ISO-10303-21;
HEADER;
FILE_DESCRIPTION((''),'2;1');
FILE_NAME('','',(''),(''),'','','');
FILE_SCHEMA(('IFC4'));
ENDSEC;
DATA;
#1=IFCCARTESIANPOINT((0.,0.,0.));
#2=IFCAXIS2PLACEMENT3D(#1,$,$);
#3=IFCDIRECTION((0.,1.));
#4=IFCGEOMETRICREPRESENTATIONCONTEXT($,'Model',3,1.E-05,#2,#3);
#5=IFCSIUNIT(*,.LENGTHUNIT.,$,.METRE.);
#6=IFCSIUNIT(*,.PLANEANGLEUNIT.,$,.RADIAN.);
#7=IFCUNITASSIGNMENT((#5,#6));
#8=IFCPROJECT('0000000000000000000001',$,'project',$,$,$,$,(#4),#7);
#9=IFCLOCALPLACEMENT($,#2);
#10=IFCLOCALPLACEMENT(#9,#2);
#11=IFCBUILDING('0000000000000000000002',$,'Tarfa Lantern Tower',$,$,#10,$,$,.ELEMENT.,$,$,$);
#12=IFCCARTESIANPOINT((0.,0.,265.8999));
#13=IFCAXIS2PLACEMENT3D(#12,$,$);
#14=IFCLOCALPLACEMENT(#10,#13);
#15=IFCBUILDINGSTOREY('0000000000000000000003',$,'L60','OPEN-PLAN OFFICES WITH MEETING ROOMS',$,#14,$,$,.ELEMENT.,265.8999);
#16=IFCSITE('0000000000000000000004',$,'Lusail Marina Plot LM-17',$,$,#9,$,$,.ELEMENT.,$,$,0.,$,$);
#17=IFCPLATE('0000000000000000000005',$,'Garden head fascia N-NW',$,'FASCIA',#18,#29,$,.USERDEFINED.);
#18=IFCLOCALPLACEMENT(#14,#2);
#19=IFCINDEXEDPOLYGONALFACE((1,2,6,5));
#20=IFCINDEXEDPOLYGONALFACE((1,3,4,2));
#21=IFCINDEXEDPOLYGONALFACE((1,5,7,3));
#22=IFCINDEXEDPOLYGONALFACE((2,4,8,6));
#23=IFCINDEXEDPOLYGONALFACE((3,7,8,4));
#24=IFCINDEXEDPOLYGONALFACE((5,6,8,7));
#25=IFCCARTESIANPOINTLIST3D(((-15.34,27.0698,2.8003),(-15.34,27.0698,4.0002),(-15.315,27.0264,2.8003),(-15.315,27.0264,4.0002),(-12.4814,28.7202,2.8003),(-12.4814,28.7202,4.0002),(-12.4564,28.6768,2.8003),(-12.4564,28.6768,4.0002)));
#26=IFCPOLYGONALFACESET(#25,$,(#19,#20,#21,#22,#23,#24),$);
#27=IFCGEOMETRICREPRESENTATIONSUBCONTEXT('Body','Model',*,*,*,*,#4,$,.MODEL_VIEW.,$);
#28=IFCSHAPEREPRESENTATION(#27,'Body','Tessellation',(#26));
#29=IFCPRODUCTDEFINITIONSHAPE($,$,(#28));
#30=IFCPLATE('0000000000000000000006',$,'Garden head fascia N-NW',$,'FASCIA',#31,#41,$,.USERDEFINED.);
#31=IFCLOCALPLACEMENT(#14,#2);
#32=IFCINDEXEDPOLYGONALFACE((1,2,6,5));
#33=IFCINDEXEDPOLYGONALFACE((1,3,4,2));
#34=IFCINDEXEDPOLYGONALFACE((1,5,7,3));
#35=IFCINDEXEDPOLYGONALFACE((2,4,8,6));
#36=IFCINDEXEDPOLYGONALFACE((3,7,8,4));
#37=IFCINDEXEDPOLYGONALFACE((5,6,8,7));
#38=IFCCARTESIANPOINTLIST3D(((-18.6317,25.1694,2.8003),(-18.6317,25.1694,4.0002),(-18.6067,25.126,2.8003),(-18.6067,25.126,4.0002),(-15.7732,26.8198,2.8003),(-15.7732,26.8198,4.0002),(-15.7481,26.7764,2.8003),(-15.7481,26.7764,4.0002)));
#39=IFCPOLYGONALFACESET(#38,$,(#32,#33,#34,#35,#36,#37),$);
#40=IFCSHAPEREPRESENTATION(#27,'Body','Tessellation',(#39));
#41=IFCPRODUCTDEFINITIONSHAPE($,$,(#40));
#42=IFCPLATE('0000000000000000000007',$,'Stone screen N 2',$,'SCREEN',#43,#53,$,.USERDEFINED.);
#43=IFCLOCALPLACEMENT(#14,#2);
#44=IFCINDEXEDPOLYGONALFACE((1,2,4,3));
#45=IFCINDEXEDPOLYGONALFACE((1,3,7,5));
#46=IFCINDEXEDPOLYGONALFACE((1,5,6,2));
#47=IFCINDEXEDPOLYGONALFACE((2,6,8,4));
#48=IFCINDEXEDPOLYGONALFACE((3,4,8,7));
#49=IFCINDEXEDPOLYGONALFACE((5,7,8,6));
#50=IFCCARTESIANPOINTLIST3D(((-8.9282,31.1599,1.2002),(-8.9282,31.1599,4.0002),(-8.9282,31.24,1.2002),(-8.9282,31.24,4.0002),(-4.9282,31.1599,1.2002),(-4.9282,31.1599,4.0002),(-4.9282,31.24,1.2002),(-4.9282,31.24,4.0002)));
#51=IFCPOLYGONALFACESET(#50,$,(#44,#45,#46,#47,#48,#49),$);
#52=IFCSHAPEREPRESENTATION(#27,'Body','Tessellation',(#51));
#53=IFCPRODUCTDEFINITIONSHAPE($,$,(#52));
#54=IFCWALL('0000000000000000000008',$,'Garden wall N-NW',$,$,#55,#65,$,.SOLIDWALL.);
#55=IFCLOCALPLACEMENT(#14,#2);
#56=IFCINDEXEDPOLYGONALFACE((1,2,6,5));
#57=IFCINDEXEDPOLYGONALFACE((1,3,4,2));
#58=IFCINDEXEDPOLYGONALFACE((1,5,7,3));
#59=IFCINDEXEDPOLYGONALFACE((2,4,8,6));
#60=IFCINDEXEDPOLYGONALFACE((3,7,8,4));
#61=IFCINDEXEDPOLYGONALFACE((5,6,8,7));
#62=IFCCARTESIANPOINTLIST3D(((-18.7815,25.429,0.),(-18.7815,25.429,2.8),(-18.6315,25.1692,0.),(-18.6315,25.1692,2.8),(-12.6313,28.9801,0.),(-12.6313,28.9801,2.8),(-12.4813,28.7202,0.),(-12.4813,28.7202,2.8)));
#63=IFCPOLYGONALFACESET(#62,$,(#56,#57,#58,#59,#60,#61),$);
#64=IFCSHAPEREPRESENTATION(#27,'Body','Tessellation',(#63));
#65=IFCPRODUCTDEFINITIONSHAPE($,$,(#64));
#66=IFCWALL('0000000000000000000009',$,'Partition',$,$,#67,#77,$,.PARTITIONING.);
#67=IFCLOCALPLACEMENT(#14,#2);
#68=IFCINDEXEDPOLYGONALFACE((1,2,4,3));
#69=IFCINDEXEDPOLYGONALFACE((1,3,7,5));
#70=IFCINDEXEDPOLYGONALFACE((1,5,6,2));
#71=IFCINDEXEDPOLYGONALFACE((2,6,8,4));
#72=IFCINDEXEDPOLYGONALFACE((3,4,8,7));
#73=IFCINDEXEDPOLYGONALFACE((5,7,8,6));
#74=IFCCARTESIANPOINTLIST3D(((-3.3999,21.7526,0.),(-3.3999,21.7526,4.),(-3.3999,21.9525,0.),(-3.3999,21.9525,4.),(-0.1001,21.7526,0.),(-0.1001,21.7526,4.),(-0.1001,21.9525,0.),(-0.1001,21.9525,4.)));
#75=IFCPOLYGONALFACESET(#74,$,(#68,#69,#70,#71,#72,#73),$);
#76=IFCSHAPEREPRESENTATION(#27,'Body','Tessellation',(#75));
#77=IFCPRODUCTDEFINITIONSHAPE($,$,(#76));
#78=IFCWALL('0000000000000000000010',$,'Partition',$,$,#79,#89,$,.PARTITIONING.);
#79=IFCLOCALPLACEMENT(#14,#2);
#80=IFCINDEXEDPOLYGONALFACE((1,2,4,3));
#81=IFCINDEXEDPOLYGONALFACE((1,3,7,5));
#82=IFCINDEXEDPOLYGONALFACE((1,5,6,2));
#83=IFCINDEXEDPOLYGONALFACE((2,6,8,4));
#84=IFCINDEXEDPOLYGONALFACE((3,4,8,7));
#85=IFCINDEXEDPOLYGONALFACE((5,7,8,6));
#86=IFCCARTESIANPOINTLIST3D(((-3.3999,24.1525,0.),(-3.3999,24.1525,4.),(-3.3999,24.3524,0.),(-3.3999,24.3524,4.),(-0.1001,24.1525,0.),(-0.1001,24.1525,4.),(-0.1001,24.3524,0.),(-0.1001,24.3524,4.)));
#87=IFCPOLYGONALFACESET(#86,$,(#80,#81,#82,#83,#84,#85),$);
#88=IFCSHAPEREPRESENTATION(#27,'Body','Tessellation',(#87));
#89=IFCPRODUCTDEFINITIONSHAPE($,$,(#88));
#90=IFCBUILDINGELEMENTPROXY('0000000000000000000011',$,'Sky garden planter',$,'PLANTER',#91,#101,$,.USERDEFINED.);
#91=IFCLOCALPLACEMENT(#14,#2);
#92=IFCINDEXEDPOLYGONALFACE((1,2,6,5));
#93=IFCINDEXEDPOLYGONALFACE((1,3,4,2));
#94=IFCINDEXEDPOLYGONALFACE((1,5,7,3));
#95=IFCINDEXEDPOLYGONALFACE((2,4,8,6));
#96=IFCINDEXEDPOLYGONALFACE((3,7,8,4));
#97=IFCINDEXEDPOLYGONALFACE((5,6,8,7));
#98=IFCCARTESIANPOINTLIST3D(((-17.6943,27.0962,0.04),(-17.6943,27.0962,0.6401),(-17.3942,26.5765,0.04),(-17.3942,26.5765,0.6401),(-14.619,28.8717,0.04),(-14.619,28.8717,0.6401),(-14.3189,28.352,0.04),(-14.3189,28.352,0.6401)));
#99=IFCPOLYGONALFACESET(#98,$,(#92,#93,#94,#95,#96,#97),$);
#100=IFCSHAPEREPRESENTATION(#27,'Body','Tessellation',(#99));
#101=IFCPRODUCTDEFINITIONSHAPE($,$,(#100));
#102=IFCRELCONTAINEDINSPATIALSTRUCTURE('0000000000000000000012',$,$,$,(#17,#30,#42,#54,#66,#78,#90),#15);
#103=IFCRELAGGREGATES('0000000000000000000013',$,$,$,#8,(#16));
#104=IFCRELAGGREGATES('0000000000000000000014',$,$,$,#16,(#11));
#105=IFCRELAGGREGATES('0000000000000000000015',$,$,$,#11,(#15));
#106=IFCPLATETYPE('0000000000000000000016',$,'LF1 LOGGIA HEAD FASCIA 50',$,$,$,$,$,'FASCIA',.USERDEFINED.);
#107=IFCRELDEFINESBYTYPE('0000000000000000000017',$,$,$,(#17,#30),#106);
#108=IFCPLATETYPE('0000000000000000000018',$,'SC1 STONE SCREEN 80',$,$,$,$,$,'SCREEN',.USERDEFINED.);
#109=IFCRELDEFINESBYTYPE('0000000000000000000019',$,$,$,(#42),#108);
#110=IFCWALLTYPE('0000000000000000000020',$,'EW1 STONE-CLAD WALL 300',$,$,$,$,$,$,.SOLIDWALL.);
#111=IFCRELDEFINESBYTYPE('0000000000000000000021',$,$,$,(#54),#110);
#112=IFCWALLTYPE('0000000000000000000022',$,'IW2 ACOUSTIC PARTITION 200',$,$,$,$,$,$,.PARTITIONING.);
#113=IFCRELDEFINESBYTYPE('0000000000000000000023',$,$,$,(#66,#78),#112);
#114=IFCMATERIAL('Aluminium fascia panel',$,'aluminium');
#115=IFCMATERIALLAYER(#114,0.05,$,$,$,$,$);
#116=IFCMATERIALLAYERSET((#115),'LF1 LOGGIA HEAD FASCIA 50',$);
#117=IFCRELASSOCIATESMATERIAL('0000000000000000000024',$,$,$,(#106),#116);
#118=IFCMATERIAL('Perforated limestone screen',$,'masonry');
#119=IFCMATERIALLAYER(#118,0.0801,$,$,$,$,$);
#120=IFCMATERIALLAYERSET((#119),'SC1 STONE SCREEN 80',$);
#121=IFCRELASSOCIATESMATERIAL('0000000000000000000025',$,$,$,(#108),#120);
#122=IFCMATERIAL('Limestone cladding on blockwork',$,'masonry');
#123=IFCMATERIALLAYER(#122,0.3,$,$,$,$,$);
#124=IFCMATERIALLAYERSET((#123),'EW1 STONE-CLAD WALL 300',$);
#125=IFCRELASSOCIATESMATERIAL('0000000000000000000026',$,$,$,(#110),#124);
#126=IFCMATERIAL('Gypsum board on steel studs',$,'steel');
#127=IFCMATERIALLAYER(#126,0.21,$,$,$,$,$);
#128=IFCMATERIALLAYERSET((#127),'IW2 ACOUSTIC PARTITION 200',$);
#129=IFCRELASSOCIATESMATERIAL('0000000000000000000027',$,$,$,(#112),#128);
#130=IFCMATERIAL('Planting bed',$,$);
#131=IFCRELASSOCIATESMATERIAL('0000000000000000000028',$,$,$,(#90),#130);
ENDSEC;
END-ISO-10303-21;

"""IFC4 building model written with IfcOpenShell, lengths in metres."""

from ifc_helpers import new_model, si_unit, direction, frame, frame_2d, origin, origin_2d, place, context, subcontext, project, spatial, rectangle, extrude, material, layer, layer_set, type_object, element, save


model = new_model("IFC4")

# Units and contexts
model_context = context("Model", 3, precision=1e-05, world=origin(), true_north=direction((0.0, 1.0)))
body_context = subcontext(model_context, "Body", "Model", "MODEL_VIEW")
ifc_project = project(units=[si_unit("LENGTHUNIT", "METRE"), si_unit("PLANEANGLEUNIT", "RADIAN")], contexts=[model_context])

# Site, building, storey
site_placement = place(None, origin())
site = spatial("IfcSite", under=ifc_project, at=site_placement, Name="Lusail Marina Plot LM-17", CompositionType="ELEMENT", RefElevation=0.0)
building_placement = place(site_placement, origin())
building = spatial("IfcBuilding", under=site, at=building_placement, Name="Tarfa Lantern Tower", CompositionType="ELEMENT")
storey_placement = place(building_placement, frame((0.0, 0.0, 265.8999)))
storey = spatial("IfcBuildingStorey", under=building, at=storey_placement, Name="L60", Description="OPEN-PLAN OFFICES WITH MEETING ROOMS", CompositionType="ELEMENT", Elevation=265.8999)

# Plates
ifc_material_1 = material(Name="Aluminium fascia panel", Category="aluminium")
ifc_layer_1 = layer(ifc_material_1, 0.05)
ifc_layer_set_1 = layer_set([ifc_layer_1], Name="LF1 LOGGIA HEAD FASCIA 50")
plate_type_1 = type_object("IfcPlateType", Name="LF1 LOGGIA HEAD FASCIA 50", ElementType="FASCIA", PredefinedType="USERDEFINED", material=ifc_layer_set_1)
for number, where, z_axis, x_axis, name in (
    (1, (-13.8982, 27.8733, 2.8003), (0.0, 0.0, 1.0), (-0.866025, -0.5, 0.0), "Garden head fascia N-NW"),
    (2, (-17.1899, 25.9729, 2.8003), (0.0, 0.0, 1.0), (-0.866025, -0.5, 0.0), "Garden head fascia N-NW"),
):
    element("IfcPlate", number, at=place(storey_placement, frame(where, z_axis=z_axis, x_axis=x_axis)), inside=storey, type_object=plate_type_1, Name=name, ObjectType="FASCIA", PredefinedType="USERDEFINED", context=body_context, shape_type="SweptSolid", body=[
        extrude(rectangle(XDim=3.3008, YDim=0.05, at=origin_2d()), origin(), (0.0, 0.0, 1.0), 1.2),
    ])
ifc_material_2 = material(Name="Perforated limestone screen", Category="masonry")
ifc_layer_2 = layer(ifc_material_2, 0.0801)
ifc_layer_set_2 = layer_set([ifc_layer_2], Name="SC1 STONE SCREEN 80")
plate_type_2 = type_object("IfcPlateType", Name="SC1 STONE SCREEN 80", ElementType="SCREEN", PredefinedType="USERDEFINED", material=ifc_layer_set_2)
plate_placement = place(storey_placement, frame((-6.9282, 31.2, 1.2002), z_axis=(0.0, 0.0, 1.0), x_axis=(-1.0, 0.0, 0.0)))
element("IfcPlate", 3, at=plate_placement, inside=storey, type_object=plate_type_2, Name="Stone screen N 2", ObjectType="SCREEN", PredefinedType="USERDEFINED", context=body_context, shape_type="SweptSolid", body=[
    extrude(rectangle(XDim=4.0, YDim=0.0801, at=origin_2d()), origin(), (0.0, 0.0, 1.0), 2.8),
])

# Walls
ifc_material_3 = material(Name="Limestone cladding on blockwork", Category="masonry")
ifc_layer_3 = layer(ifc_material_3, 0.3)
ifc_layer_set_3 = layer_set([ifc_layer_3], Name="EW1 STONE-CLAD WALL 300")
wall_type_1 = type_object("IfcWallType", Name="EW1 STONE-CLAD WALL 300", PredefinedType="SOLIDWALL", material=ifc_layer_set_3)
wall_placement = place(storey_placement, frame((-12.5564, 28.8501, 0.0), z_axis=(0.0, 0.0, 1.0), x_axis=(-0.866011, -0.500025, 0.0)))
element("IfcWall", 4, at=wall_placement, inside=storey, type_object=wall_type_1, Name="Garden wall N-NW", PredefinedType="SOLIDWALL", context=body_context, shape_type="SweptSolid", body=[
    extrude(rectangle(XDim=7.1018, YDim=0.3, at=frame_2d((3.5508, 0.0))), origin(), (0.0, 0.0, 1.0), 2.8),
])
ifc_material_4 = material(Name="Gypsum board on steel studs", Category="steel")
ifc_layer_4 = layer(ifc_material_4, 0.21)
ifc_layer_set_4 = layer_set([ifc_layer_4], Name="IW2 ACOUSTIC PARTITION 200")
wall_type_2 = type_object("IfcWallType", Name="IW2 ACOUSTIC PARTITION 200", PredefinedType="PARTITIONING", material=ifc_layer_set_4)
for number, where, z_axis, x_axis, name in (
    (5, (-0.1001, 21.8525, 0.0), (0.0, 0.0, 1.0), (-1.0, 0.0, 0.0), "Partition"),
    (6, (-0.1001, 24.2524, 0.0), (0.0, 0.0, 1.0), (-1.0, 0.0, 0.0), "Partition"),
):
    element("IfcWall", number, at=place(storey_placement, frame(where, z_axis=z_axis, x_axis=x_axis)), inside=storey, type_object=wall_type_2, Name=name, PredefinedType="PARTITIONING", context=body_context, shape_type="SweptSolid", body=[
        extrude(rectangle(XDim=3.2998, YDim=0.2, at=frame_2d((1.6499, 0.0))), origin(), (0.0, 0.0, 1.0), 4.0),
    ])

# Building element proxy
ifc_material_5 = material(Name="Planting bed")
proxy_placement = place(storey_placement, frame((-16.0066, 27.7241, 0.04), z_axis=(0.0, 0.0, 1.0), x_axis=(-0.866025, -0.5, 0.0)))
element("IfcBuildingElementProxy", 7, at=proxy_placement, inside=storey, material=ifc_material_5, Name="Sky garden planter", ObjectType="PLANTER", PredefinedType="USERDEFINED", context=body_context, shape_type="SweptSolid", body=[
    extrude(rectangle(XDim=3.551, YDim=0.6001, at=origin_2d()), origin(), (0.0, 0.0, 1.0), 0.6001),
])

save(model, "model.ifc")
